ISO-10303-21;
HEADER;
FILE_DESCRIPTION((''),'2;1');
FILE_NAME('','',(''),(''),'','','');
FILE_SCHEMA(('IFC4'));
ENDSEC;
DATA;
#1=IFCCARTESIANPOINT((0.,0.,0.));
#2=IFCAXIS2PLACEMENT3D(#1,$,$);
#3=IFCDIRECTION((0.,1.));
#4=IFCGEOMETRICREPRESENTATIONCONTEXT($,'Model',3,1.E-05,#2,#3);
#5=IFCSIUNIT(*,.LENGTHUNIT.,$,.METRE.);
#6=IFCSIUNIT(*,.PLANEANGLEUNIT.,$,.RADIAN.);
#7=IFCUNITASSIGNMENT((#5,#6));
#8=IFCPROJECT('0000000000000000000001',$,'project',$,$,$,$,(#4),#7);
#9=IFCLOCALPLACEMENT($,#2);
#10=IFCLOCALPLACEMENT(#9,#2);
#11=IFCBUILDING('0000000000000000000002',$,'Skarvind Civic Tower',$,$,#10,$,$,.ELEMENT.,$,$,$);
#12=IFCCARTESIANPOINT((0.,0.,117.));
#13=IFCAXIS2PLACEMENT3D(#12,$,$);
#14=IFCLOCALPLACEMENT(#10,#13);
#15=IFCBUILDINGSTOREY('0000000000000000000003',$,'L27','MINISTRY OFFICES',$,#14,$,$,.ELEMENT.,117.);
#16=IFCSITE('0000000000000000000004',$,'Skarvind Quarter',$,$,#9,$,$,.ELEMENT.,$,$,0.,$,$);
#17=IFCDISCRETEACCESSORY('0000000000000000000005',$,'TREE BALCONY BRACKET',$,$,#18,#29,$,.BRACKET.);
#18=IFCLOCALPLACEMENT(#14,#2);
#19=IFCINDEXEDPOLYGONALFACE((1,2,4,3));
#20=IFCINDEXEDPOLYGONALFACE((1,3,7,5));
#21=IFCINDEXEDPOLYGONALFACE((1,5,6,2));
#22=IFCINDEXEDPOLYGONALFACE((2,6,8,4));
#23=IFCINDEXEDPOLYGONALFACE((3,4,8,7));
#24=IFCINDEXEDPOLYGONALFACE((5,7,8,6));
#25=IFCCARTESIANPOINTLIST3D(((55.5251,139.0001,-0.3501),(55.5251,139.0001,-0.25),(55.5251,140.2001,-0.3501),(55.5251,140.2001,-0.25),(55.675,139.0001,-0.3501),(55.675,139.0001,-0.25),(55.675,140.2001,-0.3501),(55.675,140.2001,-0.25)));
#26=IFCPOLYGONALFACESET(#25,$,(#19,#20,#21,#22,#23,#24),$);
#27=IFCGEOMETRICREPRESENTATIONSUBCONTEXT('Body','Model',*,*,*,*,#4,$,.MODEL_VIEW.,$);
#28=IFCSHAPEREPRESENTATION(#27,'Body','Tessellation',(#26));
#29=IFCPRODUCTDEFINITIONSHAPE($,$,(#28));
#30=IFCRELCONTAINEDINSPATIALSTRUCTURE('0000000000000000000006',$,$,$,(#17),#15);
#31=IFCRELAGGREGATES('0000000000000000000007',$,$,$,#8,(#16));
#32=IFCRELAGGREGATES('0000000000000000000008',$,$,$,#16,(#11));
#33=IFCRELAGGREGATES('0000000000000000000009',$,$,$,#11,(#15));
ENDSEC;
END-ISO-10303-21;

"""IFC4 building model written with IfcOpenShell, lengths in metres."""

from ifc_helpers import new_model, si_unit, direction, frame, origin, origin_2d, place, context, subcontext, project, spatial, rectangle, extrude, element, save


model = new_model("IFC4")

# Units and contexts
model_context = context("Model", 3, precision=1e-05, world=origin(), true_north=direction((0.0, 1.0)))
body_context = subcontext(model_context, "Body", "Model", "MODEL_VIEW")
ifc_project = project(units=[si_unit("LENGTHUNIT", "METRE"), si_unit("PLANEANGLEUNIT", "RADIAN")], contexts=[model_context])

# Site, building, storey
site_placement = place(None, origin())
site = spatial("IfcSite", under=ifc_project, at=site_placement, Name="Skarvind Quarter", CompositionType="ELEMENT", RefElevation=0.0)
building_placement = place(site_placement, origin())
building = spatial("IfcBuilding", under=site, at=building_placement, Name="Skarvind Civic Tower", CompositionType="ELEMENT")
storey_placement = place(building_placement, frame((0.0, 0.0, 117.0)))
storey = spatial("IfcBuildingStorey", under=building, at=storey_placement, Name="L27", Description="MINISTRY OFFICES", CompositionType="ELEMENT", Elevation=117.0)

# Discrete accessory
discrete_accessory_placement = place(storey_placement, frame((55.6001, 139.6001, -0.3501), z_axis=(0.0, 0.0, 1.0), x_axis=(1.0, 0.0, 0.0)))
element("IfcDiscreteAccessory", 1, at=discrete_accessory_placement, inside=storey, Name="TREE BALCONY BRACKET", PredefinedType="BRACKET", context=body_context, shape_type="SweptSolid", body=[
    extrude(rectangle(XDim=0.1499, YDim=1.2, at=origin_2d()), origin(), (0.0, 0.0, 1.0), 0.1001),
])

save(model, "model.ifc")
